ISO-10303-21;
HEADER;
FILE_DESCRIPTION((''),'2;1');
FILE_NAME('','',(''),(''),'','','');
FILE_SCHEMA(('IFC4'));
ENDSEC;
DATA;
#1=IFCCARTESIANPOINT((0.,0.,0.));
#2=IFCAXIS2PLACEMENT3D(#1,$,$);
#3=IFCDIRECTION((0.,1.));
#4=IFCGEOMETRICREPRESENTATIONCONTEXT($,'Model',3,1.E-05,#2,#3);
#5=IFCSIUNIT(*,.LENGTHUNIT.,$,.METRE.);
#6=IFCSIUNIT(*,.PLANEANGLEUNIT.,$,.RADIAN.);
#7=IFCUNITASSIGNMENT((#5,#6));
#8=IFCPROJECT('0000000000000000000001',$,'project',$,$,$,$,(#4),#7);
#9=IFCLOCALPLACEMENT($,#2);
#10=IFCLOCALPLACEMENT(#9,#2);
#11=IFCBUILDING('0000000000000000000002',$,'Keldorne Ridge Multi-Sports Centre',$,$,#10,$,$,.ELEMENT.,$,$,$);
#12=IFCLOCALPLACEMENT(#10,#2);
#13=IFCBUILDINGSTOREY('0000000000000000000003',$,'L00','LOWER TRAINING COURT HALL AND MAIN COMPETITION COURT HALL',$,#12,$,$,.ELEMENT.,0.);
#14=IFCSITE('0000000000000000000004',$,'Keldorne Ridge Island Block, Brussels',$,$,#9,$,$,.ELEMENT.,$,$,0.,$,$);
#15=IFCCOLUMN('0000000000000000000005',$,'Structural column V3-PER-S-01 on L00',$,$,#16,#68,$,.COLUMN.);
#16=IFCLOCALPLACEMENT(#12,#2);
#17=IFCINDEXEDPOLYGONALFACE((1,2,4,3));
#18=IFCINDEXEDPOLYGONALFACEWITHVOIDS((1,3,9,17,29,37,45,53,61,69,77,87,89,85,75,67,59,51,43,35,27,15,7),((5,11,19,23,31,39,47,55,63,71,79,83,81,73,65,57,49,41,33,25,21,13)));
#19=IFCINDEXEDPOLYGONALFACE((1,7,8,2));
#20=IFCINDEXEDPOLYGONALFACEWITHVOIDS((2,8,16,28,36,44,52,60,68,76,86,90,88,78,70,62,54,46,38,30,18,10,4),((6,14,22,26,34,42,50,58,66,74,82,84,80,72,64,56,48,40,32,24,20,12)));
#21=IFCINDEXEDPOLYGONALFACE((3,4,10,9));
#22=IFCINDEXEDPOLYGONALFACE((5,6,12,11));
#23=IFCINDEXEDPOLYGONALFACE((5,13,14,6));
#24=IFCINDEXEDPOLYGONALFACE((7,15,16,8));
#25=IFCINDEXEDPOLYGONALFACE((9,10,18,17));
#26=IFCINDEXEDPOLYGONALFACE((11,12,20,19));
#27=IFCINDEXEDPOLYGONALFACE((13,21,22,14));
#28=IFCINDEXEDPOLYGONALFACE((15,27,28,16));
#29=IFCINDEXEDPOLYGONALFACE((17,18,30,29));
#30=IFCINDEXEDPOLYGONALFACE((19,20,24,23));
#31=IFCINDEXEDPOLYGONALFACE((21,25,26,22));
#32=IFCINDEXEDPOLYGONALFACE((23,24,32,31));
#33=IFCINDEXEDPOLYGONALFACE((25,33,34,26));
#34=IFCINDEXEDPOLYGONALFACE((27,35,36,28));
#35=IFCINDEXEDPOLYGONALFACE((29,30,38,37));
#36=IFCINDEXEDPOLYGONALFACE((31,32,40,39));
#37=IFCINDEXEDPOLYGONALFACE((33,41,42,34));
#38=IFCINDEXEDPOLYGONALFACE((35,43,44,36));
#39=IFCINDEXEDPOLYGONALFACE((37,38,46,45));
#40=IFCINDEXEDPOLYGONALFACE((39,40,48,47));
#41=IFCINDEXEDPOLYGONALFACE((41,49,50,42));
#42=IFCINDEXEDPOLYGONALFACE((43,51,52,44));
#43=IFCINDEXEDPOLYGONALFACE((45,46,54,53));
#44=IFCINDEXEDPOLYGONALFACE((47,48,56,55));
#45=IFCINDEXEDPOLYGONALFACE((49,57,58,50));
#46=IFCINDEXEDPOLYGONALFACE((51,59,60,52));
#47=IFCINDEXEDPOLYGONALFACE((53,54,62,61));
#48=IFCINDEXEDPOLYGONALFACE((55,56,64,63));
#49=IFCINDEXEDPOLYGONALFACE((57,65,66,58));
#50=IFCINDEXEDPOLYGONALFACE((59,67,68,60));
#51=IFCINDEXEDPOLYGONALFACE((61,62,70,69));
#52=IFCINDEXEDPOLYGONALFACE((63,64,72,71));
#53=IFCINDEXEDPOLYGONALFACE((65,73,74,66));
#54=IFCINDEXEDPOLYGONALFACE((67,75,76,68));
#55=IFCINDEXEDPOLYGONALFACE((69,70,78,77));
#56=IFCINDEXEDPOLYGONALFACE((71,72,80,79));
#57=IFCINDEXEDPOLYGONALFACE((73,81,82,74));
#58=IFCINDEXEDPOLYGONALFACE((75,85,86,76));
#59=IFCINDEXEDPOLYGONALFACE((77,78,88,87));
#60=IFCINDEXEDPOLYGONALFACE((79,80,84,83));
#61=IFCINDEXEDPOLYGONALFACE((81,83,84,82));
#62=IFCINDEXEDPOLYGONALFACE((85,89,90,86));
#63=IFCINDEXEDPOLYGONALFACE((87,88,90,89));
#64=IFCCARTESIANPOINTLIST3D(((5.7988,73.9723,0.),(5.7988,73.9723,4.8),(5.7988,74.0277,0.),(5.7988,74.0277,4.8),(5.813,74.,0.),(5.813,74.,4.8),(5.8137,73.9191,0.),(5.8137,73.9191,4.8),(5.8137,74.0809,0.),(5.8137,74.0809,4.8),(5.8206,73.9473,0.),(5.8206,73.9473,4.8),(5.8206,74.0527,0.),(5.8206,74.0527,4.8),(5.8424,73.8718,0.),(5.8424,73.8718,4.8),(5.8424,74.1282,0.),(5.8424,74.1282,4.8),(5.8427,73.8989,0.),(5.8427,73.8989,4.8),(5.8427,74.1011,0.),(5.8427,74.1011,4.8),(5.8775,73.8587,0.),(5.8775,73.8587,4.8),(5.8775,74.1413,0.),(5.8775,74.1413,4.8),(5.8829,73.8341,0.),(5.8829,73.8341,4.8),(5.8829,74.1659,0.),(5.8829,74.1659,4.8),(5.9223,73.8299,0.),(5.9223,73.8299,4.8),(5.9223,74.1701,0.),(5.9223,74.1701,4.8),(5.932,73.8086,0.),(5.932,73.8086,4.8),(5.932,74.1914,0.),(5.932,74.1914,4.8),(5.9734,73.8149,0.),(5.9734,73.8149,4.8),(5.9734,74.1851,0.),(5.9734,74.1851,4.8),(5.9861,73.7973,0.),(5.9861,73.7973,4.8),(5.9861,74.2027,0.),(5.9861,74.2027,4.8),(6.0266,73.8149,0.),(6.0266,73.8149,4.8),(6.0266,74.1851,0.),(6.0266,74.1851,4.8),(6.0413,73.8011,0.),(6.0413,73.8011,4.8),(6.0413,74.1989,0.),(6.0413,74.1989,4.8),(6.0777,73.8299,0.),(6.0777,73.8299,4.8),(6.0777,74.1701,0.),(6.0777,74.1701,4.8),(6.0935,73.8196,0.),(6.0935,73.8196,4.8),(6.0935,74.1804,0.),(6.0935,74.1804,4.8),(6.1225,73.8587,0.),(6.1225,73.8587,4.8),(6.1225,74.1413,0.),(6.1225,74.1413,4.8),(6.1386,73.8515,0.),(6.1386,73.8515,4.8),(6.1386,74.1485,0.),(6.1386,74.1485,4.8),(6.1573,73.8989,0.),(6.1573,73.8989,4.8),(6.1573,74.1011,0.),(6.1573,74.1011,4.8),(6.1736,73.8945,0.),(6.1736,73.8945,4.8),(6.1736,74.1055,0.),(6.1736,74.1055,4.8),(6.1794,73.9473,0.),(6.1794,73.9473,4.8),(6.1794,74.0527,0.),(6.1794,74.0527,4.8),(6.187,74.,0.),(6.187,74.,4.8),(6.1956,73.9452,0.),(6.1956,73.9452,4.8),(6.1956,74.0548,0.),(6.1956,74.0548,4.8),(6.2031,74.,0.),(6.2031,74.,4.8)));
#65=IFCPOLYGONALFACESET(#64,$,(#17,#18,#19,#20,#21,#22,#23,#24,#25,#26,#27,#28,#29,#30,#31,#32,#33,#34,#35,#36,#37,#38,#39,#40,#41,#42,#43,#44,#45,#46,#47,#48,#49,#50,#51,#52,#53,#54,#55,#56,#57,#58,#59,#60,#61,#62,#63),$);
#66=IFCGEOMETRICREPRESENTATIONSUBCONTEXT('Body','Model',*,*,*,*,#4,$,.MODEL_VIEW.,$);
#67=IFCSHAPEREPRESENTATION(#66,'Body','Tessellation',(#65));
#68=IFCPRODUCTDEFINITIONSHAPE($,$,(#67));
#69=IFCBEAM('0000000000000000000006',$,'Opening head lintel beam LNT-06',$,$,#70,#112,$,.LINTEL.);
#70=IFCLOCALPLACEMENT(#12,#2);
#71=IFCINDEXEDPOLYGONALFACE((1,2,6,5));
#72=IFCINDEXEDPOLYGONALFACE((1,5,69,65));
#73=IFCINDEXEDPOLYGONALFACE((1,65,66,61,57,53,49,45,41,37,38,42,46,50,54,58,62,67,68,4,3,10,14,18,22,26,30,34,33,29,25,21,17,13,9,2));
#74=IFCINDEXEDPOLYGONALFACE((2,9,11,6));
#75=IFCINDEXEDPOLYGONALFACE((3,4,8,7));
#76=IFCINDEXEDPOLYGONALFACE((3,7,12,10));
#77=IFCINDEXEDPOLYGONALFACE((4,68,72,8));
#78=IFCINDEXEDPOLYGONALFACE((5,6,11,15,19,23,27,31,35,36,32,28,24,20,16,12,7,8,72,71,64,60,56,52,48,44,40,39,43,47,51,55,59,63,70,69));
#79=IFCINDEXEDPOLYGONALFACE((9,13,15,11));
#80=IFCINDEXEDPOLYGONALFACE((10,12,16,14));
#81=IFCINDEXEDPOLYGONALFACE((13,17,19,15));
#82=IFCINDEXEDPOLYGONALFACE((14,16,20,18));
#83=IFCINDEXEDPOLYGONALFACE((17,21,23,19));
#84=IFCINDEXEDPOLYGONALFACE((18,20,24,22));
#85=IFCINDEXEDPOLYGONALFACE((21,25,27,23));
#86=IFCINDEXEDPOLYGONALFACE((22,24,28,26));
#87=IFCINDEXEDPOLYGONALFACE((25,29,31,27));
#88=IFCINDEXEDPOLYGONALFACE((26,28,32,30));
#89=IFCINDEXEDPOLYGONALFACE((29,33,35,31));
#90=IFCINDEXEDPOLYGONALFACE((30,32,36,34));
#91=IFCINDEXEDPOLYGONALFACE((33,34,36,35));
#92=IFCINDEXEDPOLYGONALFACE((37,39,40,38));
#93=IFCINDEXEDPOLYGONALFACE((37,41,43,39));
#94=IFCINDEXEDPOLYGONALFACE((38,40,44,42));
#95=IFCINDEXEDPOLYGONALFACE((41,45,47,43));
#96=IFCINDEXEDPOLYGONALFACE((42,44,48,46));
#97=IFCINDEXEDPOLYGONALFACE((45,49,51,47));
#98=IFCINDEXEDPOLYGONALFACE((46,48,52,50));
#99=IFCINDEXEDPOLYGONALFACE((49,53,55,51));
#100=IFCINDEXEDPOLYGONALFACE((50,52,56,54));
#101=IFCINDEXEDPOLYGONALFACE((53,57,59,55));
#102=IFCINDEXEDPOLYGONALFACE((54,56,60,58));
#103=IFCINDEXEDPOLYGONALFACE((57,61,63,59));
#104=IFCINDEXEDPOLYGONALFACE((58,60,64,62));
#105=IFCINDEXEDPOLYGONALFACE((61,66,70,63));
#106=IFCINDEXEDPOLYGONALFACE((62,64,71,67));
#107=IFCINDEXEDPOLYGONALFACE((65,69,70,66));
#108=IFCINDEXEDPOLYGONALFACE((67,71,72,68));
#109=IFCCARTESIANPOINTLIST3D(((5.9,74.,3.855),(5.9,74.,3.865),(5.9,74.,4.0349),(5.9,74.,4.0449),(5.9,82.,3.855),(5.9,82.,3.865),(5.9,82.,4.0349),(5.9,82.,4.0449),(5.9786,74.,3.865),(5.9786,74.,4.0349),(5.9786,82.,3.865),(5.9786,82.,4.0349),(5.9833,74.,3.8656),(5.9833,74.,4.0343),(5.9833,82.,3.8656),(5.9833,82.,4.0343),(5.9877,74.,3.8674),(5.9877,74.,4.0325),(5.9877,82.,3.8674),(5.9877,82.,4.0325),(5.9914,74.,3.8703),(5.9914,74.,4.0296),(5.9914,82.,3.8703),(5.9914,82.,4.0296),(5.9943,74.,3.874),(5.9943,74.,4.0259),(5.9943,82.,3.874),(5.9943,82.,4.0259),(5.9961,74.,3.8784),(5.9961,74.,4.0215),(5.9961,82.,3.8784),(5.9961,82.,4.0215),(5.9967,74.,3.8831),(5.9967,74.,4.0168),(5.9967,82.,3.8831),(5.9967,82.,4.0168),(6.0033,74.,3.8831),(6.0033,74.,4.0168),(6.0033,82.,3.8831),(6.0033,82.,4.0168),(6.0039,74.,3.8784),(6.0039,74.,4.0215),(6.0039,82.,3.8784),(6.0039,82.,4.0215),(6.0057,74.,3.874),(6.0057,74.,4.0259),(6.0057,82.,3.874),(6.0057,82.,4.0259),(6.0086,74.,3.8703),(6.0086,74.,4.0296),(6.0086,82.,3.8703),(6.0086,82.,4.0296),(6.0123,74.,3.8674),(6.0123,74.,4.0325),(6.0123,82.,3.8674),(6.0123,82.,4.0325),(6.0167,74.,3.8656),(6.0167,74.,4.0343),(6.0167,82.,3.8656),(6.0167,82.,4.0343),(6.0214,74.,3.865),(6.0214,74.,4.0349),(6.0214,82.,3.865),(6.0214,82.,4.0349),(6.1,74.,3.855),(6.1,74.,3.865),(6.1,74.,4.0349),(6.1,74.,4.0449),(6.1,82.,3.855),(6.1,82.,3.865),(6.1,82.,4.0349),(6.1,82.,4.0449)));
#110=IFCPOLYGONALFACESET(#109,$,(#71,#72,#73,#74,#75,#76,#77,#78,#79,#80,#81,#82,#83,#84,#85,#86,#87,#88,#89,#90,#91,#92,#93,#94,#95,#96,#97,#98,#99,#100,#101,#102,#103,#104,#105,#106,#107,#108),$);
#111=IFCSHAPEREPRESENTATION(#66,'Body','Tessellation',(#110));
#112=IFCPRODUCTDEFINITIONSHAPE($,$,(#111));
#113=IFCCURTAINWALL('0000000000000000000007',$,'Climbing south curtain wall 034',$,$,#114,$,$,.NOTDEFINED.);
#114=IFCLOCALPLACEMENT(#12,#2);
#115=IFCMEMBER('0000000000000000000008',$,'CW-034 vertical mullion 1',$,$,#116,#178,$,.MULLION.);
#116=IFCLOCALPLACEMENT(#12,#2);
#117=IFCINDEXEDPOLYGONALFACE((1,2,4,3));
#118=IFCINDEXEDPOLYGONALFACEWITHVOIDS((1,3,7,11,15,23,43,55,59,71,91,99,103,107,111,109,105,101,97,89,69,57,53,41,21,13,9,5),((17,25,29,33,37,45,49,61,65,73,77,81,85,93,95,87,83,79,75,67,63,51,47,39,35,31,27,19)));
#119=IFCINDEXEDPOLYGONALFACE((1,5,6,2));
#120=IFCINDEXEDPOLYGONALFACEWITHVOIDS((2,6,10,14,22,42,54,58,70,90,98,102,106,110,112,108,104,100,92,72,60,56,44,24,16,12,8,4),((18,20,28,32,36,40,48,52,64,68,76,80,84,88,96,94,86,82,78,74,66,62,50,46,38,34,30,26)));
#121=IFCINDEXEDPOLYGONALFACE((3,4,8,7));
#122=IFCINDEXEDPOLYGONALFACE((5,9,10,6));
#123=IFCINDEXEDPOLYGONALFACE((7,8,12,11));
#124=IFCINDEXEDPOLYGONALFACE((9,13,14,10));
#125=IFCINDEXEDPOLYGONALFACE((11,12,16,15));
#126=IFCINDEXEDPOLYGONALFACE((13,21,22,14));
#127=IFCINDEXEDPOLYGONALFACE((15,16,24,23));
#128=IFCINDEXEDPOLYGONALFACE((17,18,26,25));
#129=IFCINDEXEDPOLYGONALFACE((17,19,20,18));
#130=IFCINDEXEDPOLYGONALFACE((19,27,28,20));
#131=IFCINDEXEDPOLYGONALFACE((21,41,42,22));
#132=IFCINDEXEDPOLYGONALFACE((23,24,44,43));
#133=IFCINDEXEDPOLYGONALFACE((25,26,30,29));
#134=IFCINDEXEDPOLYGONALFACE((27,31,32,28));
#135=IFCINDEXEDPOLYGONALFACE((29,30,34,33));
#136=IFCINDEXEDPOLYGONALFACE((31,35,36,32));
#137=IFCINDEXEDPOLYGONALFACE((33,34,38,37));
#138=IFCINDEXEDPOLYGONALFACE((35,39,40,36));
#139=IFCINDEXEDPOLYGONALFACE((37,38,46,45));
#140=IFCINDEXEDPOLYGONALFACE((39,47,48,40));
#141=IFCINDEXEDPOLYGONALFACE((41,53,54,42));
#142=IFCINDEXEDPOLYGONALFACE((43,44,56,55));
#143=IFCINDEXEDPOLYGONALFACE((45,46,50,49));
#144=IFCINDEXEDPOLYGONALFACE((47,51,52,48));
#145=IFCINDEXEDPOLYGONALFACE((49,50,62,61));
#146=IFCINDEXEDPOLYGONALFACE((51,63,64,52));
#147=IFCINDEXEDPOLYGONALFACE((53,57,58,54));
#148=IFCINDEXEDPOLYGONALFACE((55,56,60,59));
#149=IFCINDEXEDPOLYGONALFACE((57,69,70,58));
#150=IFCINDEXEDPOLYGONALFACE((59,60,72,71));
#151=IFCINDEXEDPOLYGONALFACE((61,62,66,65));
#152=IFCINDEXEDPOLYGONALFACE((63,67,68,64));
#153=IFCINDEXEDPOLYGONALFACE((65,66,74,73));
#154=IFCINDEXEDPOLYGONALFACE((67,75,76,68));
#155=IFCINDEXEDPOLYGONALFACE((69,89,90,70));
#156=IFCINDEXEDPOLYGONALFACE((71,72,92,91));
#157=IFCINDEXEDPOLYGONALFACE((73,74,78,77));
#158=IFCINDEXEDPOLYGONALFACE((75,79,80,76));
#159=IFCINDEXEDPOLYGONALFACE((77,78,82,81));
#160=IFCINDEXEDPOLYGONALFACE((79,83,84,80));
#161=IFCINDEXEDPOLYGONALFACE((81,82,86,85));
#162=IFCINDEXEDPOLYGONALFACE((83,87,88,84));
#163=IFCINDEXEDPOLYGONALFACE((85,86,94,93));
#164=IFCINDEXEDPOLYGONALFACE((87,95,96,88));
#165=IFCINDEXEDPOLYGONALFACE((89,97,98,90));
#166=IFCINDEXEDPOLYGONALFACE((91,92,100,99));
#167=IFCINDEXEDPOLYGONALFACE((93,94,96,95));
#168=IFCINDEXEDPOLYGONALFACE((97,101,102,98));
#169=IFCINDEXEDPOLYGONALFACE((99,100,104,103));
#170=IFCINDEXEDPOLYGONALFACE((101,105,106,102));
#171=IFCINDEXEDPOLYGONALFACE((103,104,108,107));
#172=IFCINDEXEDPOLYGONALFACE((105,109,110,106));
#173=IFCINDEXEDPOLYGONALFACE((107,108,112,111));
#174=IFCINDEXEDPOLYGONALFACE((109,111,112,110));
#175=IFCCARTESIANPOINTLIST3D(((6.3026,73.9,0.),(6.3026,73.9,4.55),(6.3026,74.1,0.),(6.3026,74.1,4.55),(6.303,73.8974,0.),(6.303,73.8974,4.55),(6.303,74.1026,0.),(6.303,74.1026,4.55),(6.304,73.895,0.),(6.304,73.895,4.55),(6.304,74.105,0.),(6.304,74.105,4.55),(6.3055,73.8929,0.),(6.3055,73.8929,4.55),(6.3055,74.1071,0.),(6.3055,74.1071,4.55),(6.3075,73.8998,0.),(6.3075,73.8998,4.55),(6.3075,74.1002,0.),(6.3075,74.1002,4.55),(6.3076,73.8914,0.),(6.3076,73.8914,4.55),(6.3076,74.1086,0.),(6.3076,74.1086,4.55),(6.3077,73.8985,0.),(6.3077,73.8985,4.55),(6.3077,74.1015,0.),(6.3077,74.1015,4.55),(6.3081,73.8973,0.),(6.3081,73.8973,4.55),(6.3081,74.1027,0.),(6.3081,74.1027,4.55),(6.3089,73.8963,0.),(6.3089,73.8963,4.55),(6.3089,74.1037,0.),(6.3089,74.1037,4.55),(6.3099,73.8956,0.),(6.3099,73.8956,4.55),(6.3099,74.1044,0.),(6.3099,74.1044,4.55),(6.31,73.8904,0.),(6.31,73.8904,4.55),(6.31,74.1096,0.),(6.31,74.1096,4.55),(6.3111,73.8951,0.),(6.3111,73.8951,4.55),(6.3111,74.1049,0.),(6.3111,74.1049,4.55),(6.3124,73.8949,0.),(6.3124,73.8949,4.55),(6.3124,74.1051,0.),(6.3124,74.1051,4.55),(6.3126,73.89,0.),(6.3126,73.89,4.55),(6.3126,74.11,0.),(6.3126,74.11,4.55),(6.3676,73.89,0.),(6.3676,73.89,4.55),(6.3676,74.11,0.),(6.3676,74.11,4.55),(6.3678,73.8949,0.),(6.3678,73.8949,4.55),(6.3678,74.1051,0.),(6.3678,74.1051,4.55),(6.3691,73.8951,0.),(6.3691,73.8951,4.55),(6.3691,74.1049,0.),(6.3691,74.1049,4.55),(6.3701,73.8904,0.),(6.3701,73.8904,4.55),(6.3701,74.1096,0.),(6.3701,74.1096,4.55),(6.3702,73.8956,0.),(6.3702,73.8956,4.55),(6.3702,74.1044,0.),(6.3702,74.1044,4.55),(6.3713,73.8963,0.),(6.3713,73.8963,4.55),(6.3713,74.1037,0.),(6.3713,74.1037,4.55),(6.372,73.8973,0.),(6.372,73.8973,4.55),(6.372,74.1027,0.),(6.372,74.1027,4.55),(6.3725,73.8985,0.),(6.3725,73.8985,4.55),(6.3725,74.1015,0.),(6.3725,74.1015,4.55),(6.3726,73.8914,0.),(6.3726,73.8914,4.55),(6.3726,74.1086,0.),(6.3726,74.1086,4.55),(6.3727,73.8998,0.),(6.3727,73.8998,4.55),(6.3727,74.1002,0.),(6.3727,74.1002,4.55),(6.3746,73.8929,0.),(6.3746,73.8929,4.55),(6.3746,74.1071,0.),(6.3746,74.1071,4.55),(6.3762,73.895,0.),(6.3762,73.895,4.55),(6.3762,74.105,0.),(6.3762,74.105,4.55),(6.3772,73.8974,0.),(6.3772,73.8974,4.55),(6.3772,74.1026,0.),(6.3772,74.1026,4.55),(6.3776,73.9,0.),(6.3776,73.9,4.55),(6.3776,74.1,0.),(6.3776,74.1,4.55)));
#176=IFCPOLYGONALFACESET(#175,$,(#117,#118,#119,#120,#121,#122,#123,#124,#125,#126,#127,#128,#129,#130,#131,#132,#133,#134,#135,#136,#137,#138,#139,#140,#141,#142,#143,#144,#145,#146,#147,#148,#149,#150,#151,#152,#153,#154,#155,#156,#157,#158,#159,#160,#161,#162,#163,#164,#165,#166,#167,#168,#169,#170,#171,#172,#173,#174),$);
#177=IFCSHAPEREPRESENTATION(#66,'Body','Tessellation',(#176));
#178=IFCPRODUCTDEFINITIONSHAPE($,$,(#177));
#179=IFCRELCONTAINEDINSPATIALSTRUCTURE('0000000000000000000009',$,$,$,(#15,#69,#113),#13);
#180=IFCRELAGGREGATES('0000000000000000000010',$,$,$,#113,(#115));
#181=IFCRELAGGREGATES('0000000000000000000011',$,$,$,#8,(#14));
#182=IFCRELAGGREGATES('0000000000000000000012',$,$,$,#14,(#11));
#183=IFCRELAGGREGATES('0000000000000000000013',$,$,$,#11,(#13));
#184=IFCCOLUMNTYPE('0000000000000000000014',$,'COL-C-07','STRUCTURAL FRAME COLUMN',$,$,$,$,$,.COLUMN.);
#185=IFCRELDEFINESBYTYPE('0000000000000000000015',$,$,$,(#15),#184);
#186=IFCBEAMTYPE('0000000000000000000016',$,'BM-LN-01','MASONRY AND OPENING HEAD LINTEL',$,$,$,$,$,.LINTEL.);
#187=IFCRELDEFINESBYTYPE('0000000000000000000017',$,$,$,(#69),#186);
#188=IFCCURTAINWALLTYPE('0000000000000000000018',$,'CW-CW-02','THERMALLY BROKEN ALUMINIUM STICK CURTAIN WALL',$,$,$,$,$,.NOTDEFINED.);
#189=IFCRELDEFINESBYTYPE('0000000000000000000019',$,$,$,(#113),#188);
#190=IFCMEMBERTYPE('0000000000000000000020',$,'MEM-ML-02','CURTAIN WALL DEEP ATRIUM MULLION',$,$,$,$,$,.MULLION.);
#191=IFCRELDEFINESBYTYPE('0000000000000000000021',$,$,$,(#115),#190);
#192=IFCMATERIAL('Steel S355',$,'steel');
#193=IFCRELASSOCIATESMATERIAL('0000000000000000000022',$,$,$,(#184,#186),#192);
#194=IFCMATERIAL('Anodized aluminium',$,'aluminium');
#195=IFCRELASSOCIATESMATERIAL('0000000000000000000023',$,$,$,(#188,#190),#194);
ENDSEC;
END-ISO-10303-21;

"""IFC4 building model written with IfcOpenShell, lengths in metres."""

from ifc_helpers import new_model, si_unit, direction, frame, origin, origin_2d, place, context, subcontext, project, spatial, hollow_rectangle, hollow_circle, i_section, extrude, material, material_profile, profile_set, type_object, element, aggregate, save


model = new_model("IFC4")

# Units and contexts
model_context = context("Model", 3, precision=1e-05, world=origin(), true_north=direction((0.0, 1.0)))
body_context = subcontext(model_context, "Body", "Model", "MODEL_VIEW")
ifc_project = project(units=[si_unit("LENGTHUNIT", "METRE"), si_unit("PLANEANGLEUNIT", "RADIAN")], contexts=[model_context])

# Site, building, storey
site_placement = place(None, origin())
site = spatial("IfcSite", under=ifc_project, at=site_placement, Name="Keldorne Ridge Island Block, Brussels", CompositionType="ELEMENT", RefElevation=0.0)
building_placement = place(site_placement, origin())
building = spatial("IfcBuilding", under=site, at=building_placement, Name="Keldorne Ridge Multi-Sports Centre", CompositionType="ELEMENT")
storey_placement = place(building_placement, origin())
storey = spatial("IfcBuildingStorey", under=building, at=storey_placement, Name="L00", Description="LOWER TRAINING COURT HALL AND MAIN COMPETITION COURT HALL", CompositionType="ELEMENT", Elevation=0.0)

# Column
ifc_material_1 = material(Name="Steel S355", Category="steel")
ifc_material_profile_1 = material_profile(ifc_material_1, hollow_circle(Radius=0.2031, WallThickness=0.0161, at=origin_2d()), Name="CHS 406.4x16")
ifc_profile_set_1 = profile_set([ifc_material_profile_1], Name="Steel S355")
column_type_1 = type_object("IfcColumnType", Name="COL-C-07", Description="STRUCTURAL FRAME COLUMN", PredefinedType="COLUMN", material=ifc_profile_set_1)
column_1_placement = place(storey_placement, frame((6.0, 74.0, 0.0), z_axis=(0.0, 0.0, 1.0), x_axis=(1.0, 0.0, 0.0)))
element("IfcColumn", 1, at=column_1_placement, inside=storey, type_object=column_type_1, Name="Structural column V3-PER-S-01 on L00", PredefinedType="COLUMN", context=body_context, shape_type="SweptSolid", body=[
    extrude(hollow_circle(Radius=0.2031, WallThickness=0.0161, at=origin_2d()), origin(), (0.0, 0.0, 1.0), 4.8),
])

# Beam
ifc_material_profile_2 = material_profile(ifc_material_1, i_section(OverallWidth=0.2, OverallDepth=0.1899, WebThickness=0.0066, FlangeThickness=0.01, FilletRadius=0.0181, at=origin_2d()), Name="HEA 200")
ifc_profile_set_2 = profile_set([ifc_material_profile_2], Name="Steel S355")
beam_type = type_object("IfcBeamType", Name="BM-LN-01", Description="MASONRY AND OPENING HEAD LINTEL", PredefinedType="LINTEL", material=ifc_profile_set_2)
beam_placement = place(storey_placement, frame((6.0, 74.0, 3.95), z_axis=(0.0, 1.0, 0.0), x_axis=(-1.0, 0.0, 0.0)))
element("IfcBeam", 2, at=beam_placement, inside=storey, type_object=beam_type, Name="Opening head lintel beam LNT-06", PredefinedType="LINTEL", context=body_context, shape_type="SweptSolid", body=[
    extrude(i_section(OverallWidth=0.2, OverallDepth=0.1899, WebThickness=0.0066, FlangeThickness=0.01, FilletRadius=0.0181, at=origin_2d()), origin(), (0.0, 0.0, 1.0), 8.0),
])

# Curtain wall, member
ifc_material_2 = material(Name="Anodized aluminium", Category="aluminium")
curtain_wall_type = type_object("IfcCurtainWallType", Name="CW-CW-02", Description="THERMALLY BROKEN ALUMINIUM STICK CURTAIN WALL", PredefinedType="NOTDEFINED", material=ifc_material_2)
curtain_wall_placement = place(storey_placement, origin())
curtain_wall = element("IfcCurtainWall", 3, at=curtain_wall_placement, inside=storey, type_object=curtain_wall_type, Name="Climbing south curtain wall 034", PredefinedType="NOTDEFINED")
ifc_material_profile_3 = material_profile(ifc_material_2, hollow_rectangle(XDim=0.075, YDim=0.22, WallThickness=0.0049, InnerFilletRadius=0.0049, OuterFilletRadius=0.01, at=origin_2d()), Name="ALU MULLION 220x75x5")
ifc_profile_set_3 = profile_set([ifc_material_profile_3], Name="Anodized aluminium")
member_type_1 = type_object("IfcMemberType", Name="MEM-ML-02", Description="CURTAIN WALL DEEP ATRIUM MULLION", PredefinedType="MULLION", material=ifc_profile_set_3)
member_1_placement = place(storey_placement, frame((6.3401, 74.0, 0.0), z_axis=(0.0, 0.0, 1.0), x_axis=(1.0, 0.0, 0.0)))
member_1 = element("IfcMember", 4, at=member_1_placement, type_object=member_type_1, Name="CW-034 vertical mullion 1", PredefinedType="MULLION", context=body_context, shape_type="SweptSolid", body=[
    extrude(hollow_rectangle(XDim=0.075, YDim=0.22, WallThickness=0.0049, InnerFilletRadius=0.0049, OuterFilletRadius=0.01, at=origin_2d()), origin(), (0.0, 0.0, 1.0), 4.55),
])
aggregate(curtain_wall, [member_1])

save(model, "model.ifc")
